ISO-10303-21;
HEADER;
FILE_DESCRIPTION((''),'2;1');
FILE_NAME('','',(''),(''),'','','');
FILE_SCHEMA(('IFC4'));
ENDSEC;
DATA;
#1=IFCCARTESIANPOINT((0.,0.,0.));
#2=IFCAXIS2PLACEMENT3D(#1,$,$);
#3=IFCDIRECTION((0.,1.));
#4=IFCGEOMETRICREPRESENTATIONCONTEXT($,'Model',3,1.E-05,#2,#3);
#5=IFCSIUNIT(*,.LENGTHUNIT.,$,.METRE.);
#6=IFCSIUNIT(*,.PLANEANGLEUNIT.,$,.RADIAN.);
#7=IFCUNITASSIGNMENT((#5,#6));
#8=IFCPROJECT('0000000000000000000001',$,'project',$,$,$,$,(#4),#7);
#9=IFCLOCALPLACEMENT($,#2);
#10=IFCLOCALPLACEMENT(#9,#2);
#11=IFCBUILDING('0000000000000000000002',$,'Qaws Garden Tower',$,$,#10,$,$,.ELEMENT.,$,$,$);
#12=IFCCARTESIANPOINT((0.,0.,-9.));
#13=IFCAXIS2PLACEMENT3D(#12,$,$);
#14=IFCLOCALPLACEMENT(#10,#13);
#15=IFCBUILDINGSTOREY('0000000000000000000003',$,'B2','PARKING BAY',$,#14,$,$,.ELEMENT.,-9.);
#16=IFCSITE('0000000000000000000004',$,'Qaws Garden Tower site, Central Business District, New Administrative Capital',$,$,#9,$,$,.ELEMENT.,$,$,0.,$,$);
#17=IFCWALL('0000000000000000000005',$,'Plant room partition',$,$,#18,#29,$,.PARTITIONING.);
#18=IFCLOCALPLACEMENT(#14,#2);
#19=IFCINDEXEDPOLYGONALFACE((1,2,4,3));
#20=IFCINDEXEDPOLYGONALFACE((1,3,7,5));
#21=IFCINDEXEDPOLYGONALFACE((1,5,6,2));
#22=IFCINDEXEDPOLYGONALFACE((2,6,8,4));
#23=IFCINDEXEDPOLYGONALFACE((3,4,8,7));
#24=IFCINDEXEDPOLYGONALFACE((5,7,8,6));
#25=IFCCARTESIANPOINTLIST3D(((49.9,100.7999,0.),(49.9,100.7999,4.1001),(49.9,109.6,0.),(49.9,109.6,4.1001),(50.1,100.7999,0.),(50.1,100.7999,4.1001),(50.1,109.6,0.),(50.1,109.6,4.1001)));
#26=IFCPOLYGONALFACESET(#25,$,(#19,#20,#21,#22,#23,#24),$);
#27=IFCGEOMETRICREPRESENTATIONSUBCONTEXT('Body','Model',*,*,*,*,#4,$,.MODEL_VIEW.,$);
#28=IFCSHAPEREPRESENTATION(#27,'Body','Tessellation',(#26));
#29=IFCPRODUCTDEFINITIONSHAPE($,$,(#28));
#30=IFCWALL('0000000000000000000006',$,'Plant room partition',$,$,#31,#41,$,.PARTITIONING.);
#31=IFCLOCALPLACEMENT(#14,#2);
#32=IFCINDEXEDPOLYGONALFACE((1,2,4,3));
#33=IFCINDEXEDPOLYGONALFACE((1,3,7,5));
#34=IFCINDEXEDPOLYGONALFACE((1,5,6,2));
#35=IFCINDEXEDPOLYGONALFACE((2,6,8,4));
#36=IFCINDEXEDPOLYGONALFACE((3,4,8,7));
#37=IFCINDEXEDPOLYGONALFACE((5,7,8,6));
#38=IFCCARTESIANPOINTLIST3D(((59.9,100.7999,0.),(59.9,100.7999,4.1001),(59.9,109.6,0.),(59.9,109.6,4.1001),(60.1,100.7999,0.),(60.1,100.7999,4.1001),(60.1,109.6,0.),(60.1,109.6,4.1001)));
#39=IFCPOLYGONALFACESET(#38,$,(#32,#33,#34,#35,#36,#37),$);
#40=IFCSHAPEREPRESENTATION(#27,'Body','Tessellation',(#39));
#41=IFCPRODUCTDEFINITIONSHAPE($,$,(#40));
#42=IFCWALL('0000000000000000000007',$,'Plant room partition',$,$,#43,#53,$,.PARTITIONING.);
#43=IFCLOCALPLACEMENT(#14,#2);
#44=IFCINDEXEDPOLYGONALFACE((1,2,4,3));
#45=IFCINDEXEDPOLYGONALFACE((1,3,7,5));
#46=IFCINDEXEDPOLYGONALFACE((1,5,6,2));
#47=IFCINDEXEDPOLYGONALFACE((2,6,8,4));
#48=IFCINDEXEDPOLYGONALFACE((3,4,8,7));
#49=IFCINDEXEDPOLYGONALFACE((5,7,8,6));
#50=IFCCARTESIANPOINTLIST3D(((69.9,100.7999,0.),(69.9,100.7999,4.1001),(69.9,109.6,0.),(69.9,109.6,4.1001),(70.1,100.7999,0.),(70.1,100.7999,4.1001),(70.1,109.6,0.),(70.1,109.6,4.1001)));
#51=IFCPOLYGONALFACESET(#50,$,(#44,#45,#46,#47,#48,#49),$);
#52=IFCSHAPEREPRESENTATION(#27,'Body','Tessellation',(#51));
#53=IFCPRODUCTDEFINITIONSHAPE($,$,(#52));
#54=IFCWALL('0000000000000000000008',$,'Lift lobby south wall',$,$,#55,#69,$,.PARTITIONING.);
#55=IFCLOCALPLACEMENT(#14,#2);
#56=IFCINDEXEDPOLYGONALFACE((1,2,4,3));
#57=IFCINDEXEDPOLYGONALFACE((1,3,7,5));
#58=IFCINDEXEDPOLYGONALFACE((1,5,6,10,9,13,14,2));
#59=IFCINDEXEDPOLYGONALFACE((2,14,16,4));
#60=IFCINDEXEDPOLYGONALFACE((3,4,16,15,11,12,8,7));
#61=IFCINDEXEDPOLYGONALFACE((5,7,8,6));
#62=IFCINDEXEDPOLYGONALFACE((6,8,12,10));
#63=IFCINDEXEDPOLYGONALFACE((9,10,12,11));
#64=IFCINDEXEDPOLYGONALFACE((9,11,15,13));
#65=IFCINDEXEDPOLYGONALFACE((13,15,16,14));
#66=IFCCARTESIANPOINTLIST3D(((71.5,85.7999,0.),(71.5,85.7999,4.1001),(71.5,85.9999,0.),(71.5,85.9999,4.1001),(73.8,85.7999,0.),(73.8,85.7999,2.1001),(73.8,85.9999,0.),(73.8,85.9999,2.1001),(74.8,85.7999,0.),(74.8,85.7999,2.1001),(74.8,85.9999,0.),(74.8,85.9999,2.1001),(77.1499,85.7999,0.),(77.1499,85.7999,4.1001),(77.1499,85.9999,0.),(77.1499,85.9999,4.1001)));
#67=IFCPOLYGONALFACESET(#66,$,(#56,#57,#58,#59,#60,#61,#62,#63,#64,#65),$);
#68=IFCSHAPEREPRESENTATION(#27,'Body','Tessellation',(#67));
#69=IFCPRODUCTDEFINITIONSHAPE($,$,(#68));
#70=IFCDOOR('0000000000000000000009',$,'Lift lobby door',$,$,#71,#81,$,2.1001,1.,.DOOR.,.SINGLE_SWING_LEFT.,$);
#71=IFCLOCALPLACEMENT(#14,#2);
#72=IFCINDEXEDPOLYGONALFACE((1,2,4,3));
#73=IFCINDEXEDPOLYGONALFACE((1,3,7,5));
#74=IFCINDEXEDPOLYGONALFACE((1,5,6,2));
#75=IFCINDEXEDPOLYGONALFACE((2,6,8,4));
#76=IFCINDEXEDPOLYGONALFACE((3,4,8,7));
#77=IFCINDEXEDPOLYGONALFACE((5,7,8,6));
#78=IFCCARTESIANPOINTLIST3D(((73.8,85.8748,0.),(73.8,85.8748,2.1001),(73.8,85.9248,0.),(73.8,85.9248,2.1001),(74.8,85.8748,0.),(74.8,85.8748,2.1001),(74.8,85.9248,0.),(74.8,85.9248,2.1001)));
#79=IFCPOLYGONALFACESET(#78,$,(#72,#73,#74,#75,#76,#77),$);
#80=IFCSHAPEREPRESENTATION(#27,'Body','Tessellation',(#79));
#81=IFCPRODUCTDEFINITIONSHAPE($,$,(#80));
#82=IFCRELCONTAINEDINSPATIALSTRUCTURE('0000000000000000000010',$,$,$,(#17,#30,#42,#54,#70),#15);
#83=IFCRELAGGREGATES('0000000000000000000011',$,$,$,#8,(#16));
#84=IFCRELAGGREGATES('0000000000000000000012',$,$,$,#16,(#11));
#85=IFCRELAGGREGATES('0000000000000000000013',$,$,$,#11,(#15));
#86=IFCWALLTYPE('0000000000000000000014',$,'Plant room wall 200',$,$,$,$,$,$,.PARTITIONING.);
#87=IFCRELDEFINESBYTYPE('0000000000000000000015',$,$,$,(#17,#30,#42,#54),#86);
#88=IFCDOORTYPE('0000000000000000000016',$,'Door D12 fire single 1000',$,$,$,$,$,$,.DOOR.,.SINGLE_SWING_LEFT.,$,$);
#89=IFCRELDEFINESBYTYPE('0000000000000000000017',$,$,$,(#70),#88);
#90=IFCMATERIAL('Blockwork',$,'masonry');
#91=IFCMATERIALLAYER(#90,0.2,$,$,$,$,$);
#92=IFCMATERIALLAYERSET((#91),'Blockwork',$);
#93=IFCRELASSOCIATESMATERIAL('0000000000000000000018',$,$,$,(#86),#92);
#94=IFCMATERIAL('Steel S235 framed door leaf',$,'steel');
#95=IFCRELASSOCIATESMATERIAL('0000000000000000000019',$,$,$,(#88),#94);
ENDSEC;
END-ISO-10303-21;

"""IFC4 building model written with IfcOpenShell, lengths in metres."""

from ifc_helpers import new_model, si_unit, direction, frame, frame_2d, origin, place, context, subcontext, project, spatial, rectangle, extrude, material, layer, layer_set, type_object, element, fill, save


model = new_model("IFC4")

# Units and contexts
model_context = context("Model", 3, precision=1e-05, world=origin(), true_north=direction((0.0, 1.0)))
body_context = subcontext(model_context, "Body", "Model", "MODEL_VIEW")
ifc_project = project(units=[si_unit("LENGTHUNIT", "METRE"), si_unit("PLANEANGLEUNIT", "RADIAN")], contexts=[model_context])

# Site, building, storey
site_placement = place(None, origin())
site = spatial("IfcSite", under=ifc_project, at=site_placement, Name="Qaws Garden Tower site, Central Business District, New Administrative Capital", CompositionType="ELEMENT", RefElevation=0.0)
building_placement = place(site_placement, origin())
building = spatial("IfcBuilding", under=site, at=building_placement, Name="Qaws Garden Tower", CompositionType="ELEMENT")
storey_placement = place(building_placement, frame((0.0, 0.0, -9.0)))
storey = spatial("IfcBuildingStorey", under=building, at=storey_placement, Name="B2", Description="PARKING BAY", CompositionType="ELEMENT", Elevation=-9.0)

# Walls
ifc_material_1 = material(Name="Blockwork", Category="masonry")
ifc_layer_1 = layer(ifc_material_1, 0.2)
ifc_layer_set_1 = layer_set([ifc_layer_1], Name="Blockwork")
wall_type_1 = type_object("IfcWallType", Name="Plant room wall 200", PredefinedType="PARTITIONING", material=ifc_layer_set_1)
for number, where, z_axis, x_axis, name in (
    (1, (50.0, 100.8, 0.0), (0.0, 0.0, 1.0), (0.0, 1.0, 0.0), "Plant room partition"),
    (2, (60.0, 100.8, 0.0), (0.0, 0.0, 1.0), (0.0, 1.0, 0.0), "Plant room partition"),
    (3, (70.0, 100.8, 0.0), (0.0, 0.0, 1.0), (0.0, 1.0, 0.0), "Plant room partition"),
):
    element("IfcWall", number, at=place(storey_placement, frame(where, z_axis=z_axis, x_axis=x_axis)), inside=storey, type_object=wall_type_1, Name=name, PredefinedType="PARTITIONING", context=body_context, shape_type="SweptSolid", body=[
        extrude(rectangle(XDim=8.8, YDim=0.2, at=frame_2d((4.3999, 0.0))), origin(), (0.0, 0.0, 1.0), 4.1001),
    ])

# Wall, opening, door
wall_1_placement = place(storey_placement, frame((71.5, 85.8999, 0.0), z_axis=(0.0, 0.0, 1.0), x_axis=(1.0, 0.0, 0.0)))
wall_1 = element("IfcWall", 4, at=wall_1_placement, inside=storey, type_object=wall_type_1, Name="Lift lobby south wall", PredefinedType="PARTITIONING", context=body_context, shape_type="SweptSolid", body=[
    extrude(rectangle(XDim=5.6499, YDim=0.2, at=frame_2d((2.825, 0.0))), origin(), (0.0, 0.0, 1.0), 4.1001),
])
opening_1_placement = place(wall_1_placement, frame((2.3, 0.0, 0.0)))
opening_1 = element("IfcOpeningElement", 5, at=opening_1_placement, cuts=wall_1, PredefinedType="OPENING", context=body_context, shape_type="SweptSolid", body=[
    extrude(rectangle(XDim=1.0, YDim=2.1001, at=frame_2d((0.5, 1.05))), frame((0.0, 0.1099, 0.0), z_axis=(0.0, -1.0, 0.0), x_axis=(1.0, 0.0, 0.0)), (0.0, 0.0, 1.0), 0.22),
])
ifc_material_2 = material(Name="Steel S235 framed door leaf", Category="steel")
door_type_1 = type_object("IfcDoorType", Name="Door D12 fire single 1000", OperationType="SINGLE_SWING_LEFT", PredefinedType="DOOR", material=ifc_material_2)
door_1_placement = place(opening_1_placement, origin())
door_1 = element("IfcDoor", 6, at=door_1_placement, inside=storey, type_object=door_type_1, Name="Lift lobby door", OperationType="SINGLE_SWING_LEFT", OverallHeight=2.1001, OverallWidth=1.0, PredefinedType="DOOR", context=body_context, shape_type="SweptSolid", body=[
    extrude(rectangle(XDim=1.0, YDim=2.1001, at=frame_2d((0.5, 1.05))), frame((0.0, 0.0249, 0.0), z_axis=(0.0, -1.0, 0.0), x_axis=(1.0, 0.0, 0.0)), (0.0, 0.0, 1.0), 0.05),
])
fill(opening_1, door_1)

save(model, "model.ifc")
